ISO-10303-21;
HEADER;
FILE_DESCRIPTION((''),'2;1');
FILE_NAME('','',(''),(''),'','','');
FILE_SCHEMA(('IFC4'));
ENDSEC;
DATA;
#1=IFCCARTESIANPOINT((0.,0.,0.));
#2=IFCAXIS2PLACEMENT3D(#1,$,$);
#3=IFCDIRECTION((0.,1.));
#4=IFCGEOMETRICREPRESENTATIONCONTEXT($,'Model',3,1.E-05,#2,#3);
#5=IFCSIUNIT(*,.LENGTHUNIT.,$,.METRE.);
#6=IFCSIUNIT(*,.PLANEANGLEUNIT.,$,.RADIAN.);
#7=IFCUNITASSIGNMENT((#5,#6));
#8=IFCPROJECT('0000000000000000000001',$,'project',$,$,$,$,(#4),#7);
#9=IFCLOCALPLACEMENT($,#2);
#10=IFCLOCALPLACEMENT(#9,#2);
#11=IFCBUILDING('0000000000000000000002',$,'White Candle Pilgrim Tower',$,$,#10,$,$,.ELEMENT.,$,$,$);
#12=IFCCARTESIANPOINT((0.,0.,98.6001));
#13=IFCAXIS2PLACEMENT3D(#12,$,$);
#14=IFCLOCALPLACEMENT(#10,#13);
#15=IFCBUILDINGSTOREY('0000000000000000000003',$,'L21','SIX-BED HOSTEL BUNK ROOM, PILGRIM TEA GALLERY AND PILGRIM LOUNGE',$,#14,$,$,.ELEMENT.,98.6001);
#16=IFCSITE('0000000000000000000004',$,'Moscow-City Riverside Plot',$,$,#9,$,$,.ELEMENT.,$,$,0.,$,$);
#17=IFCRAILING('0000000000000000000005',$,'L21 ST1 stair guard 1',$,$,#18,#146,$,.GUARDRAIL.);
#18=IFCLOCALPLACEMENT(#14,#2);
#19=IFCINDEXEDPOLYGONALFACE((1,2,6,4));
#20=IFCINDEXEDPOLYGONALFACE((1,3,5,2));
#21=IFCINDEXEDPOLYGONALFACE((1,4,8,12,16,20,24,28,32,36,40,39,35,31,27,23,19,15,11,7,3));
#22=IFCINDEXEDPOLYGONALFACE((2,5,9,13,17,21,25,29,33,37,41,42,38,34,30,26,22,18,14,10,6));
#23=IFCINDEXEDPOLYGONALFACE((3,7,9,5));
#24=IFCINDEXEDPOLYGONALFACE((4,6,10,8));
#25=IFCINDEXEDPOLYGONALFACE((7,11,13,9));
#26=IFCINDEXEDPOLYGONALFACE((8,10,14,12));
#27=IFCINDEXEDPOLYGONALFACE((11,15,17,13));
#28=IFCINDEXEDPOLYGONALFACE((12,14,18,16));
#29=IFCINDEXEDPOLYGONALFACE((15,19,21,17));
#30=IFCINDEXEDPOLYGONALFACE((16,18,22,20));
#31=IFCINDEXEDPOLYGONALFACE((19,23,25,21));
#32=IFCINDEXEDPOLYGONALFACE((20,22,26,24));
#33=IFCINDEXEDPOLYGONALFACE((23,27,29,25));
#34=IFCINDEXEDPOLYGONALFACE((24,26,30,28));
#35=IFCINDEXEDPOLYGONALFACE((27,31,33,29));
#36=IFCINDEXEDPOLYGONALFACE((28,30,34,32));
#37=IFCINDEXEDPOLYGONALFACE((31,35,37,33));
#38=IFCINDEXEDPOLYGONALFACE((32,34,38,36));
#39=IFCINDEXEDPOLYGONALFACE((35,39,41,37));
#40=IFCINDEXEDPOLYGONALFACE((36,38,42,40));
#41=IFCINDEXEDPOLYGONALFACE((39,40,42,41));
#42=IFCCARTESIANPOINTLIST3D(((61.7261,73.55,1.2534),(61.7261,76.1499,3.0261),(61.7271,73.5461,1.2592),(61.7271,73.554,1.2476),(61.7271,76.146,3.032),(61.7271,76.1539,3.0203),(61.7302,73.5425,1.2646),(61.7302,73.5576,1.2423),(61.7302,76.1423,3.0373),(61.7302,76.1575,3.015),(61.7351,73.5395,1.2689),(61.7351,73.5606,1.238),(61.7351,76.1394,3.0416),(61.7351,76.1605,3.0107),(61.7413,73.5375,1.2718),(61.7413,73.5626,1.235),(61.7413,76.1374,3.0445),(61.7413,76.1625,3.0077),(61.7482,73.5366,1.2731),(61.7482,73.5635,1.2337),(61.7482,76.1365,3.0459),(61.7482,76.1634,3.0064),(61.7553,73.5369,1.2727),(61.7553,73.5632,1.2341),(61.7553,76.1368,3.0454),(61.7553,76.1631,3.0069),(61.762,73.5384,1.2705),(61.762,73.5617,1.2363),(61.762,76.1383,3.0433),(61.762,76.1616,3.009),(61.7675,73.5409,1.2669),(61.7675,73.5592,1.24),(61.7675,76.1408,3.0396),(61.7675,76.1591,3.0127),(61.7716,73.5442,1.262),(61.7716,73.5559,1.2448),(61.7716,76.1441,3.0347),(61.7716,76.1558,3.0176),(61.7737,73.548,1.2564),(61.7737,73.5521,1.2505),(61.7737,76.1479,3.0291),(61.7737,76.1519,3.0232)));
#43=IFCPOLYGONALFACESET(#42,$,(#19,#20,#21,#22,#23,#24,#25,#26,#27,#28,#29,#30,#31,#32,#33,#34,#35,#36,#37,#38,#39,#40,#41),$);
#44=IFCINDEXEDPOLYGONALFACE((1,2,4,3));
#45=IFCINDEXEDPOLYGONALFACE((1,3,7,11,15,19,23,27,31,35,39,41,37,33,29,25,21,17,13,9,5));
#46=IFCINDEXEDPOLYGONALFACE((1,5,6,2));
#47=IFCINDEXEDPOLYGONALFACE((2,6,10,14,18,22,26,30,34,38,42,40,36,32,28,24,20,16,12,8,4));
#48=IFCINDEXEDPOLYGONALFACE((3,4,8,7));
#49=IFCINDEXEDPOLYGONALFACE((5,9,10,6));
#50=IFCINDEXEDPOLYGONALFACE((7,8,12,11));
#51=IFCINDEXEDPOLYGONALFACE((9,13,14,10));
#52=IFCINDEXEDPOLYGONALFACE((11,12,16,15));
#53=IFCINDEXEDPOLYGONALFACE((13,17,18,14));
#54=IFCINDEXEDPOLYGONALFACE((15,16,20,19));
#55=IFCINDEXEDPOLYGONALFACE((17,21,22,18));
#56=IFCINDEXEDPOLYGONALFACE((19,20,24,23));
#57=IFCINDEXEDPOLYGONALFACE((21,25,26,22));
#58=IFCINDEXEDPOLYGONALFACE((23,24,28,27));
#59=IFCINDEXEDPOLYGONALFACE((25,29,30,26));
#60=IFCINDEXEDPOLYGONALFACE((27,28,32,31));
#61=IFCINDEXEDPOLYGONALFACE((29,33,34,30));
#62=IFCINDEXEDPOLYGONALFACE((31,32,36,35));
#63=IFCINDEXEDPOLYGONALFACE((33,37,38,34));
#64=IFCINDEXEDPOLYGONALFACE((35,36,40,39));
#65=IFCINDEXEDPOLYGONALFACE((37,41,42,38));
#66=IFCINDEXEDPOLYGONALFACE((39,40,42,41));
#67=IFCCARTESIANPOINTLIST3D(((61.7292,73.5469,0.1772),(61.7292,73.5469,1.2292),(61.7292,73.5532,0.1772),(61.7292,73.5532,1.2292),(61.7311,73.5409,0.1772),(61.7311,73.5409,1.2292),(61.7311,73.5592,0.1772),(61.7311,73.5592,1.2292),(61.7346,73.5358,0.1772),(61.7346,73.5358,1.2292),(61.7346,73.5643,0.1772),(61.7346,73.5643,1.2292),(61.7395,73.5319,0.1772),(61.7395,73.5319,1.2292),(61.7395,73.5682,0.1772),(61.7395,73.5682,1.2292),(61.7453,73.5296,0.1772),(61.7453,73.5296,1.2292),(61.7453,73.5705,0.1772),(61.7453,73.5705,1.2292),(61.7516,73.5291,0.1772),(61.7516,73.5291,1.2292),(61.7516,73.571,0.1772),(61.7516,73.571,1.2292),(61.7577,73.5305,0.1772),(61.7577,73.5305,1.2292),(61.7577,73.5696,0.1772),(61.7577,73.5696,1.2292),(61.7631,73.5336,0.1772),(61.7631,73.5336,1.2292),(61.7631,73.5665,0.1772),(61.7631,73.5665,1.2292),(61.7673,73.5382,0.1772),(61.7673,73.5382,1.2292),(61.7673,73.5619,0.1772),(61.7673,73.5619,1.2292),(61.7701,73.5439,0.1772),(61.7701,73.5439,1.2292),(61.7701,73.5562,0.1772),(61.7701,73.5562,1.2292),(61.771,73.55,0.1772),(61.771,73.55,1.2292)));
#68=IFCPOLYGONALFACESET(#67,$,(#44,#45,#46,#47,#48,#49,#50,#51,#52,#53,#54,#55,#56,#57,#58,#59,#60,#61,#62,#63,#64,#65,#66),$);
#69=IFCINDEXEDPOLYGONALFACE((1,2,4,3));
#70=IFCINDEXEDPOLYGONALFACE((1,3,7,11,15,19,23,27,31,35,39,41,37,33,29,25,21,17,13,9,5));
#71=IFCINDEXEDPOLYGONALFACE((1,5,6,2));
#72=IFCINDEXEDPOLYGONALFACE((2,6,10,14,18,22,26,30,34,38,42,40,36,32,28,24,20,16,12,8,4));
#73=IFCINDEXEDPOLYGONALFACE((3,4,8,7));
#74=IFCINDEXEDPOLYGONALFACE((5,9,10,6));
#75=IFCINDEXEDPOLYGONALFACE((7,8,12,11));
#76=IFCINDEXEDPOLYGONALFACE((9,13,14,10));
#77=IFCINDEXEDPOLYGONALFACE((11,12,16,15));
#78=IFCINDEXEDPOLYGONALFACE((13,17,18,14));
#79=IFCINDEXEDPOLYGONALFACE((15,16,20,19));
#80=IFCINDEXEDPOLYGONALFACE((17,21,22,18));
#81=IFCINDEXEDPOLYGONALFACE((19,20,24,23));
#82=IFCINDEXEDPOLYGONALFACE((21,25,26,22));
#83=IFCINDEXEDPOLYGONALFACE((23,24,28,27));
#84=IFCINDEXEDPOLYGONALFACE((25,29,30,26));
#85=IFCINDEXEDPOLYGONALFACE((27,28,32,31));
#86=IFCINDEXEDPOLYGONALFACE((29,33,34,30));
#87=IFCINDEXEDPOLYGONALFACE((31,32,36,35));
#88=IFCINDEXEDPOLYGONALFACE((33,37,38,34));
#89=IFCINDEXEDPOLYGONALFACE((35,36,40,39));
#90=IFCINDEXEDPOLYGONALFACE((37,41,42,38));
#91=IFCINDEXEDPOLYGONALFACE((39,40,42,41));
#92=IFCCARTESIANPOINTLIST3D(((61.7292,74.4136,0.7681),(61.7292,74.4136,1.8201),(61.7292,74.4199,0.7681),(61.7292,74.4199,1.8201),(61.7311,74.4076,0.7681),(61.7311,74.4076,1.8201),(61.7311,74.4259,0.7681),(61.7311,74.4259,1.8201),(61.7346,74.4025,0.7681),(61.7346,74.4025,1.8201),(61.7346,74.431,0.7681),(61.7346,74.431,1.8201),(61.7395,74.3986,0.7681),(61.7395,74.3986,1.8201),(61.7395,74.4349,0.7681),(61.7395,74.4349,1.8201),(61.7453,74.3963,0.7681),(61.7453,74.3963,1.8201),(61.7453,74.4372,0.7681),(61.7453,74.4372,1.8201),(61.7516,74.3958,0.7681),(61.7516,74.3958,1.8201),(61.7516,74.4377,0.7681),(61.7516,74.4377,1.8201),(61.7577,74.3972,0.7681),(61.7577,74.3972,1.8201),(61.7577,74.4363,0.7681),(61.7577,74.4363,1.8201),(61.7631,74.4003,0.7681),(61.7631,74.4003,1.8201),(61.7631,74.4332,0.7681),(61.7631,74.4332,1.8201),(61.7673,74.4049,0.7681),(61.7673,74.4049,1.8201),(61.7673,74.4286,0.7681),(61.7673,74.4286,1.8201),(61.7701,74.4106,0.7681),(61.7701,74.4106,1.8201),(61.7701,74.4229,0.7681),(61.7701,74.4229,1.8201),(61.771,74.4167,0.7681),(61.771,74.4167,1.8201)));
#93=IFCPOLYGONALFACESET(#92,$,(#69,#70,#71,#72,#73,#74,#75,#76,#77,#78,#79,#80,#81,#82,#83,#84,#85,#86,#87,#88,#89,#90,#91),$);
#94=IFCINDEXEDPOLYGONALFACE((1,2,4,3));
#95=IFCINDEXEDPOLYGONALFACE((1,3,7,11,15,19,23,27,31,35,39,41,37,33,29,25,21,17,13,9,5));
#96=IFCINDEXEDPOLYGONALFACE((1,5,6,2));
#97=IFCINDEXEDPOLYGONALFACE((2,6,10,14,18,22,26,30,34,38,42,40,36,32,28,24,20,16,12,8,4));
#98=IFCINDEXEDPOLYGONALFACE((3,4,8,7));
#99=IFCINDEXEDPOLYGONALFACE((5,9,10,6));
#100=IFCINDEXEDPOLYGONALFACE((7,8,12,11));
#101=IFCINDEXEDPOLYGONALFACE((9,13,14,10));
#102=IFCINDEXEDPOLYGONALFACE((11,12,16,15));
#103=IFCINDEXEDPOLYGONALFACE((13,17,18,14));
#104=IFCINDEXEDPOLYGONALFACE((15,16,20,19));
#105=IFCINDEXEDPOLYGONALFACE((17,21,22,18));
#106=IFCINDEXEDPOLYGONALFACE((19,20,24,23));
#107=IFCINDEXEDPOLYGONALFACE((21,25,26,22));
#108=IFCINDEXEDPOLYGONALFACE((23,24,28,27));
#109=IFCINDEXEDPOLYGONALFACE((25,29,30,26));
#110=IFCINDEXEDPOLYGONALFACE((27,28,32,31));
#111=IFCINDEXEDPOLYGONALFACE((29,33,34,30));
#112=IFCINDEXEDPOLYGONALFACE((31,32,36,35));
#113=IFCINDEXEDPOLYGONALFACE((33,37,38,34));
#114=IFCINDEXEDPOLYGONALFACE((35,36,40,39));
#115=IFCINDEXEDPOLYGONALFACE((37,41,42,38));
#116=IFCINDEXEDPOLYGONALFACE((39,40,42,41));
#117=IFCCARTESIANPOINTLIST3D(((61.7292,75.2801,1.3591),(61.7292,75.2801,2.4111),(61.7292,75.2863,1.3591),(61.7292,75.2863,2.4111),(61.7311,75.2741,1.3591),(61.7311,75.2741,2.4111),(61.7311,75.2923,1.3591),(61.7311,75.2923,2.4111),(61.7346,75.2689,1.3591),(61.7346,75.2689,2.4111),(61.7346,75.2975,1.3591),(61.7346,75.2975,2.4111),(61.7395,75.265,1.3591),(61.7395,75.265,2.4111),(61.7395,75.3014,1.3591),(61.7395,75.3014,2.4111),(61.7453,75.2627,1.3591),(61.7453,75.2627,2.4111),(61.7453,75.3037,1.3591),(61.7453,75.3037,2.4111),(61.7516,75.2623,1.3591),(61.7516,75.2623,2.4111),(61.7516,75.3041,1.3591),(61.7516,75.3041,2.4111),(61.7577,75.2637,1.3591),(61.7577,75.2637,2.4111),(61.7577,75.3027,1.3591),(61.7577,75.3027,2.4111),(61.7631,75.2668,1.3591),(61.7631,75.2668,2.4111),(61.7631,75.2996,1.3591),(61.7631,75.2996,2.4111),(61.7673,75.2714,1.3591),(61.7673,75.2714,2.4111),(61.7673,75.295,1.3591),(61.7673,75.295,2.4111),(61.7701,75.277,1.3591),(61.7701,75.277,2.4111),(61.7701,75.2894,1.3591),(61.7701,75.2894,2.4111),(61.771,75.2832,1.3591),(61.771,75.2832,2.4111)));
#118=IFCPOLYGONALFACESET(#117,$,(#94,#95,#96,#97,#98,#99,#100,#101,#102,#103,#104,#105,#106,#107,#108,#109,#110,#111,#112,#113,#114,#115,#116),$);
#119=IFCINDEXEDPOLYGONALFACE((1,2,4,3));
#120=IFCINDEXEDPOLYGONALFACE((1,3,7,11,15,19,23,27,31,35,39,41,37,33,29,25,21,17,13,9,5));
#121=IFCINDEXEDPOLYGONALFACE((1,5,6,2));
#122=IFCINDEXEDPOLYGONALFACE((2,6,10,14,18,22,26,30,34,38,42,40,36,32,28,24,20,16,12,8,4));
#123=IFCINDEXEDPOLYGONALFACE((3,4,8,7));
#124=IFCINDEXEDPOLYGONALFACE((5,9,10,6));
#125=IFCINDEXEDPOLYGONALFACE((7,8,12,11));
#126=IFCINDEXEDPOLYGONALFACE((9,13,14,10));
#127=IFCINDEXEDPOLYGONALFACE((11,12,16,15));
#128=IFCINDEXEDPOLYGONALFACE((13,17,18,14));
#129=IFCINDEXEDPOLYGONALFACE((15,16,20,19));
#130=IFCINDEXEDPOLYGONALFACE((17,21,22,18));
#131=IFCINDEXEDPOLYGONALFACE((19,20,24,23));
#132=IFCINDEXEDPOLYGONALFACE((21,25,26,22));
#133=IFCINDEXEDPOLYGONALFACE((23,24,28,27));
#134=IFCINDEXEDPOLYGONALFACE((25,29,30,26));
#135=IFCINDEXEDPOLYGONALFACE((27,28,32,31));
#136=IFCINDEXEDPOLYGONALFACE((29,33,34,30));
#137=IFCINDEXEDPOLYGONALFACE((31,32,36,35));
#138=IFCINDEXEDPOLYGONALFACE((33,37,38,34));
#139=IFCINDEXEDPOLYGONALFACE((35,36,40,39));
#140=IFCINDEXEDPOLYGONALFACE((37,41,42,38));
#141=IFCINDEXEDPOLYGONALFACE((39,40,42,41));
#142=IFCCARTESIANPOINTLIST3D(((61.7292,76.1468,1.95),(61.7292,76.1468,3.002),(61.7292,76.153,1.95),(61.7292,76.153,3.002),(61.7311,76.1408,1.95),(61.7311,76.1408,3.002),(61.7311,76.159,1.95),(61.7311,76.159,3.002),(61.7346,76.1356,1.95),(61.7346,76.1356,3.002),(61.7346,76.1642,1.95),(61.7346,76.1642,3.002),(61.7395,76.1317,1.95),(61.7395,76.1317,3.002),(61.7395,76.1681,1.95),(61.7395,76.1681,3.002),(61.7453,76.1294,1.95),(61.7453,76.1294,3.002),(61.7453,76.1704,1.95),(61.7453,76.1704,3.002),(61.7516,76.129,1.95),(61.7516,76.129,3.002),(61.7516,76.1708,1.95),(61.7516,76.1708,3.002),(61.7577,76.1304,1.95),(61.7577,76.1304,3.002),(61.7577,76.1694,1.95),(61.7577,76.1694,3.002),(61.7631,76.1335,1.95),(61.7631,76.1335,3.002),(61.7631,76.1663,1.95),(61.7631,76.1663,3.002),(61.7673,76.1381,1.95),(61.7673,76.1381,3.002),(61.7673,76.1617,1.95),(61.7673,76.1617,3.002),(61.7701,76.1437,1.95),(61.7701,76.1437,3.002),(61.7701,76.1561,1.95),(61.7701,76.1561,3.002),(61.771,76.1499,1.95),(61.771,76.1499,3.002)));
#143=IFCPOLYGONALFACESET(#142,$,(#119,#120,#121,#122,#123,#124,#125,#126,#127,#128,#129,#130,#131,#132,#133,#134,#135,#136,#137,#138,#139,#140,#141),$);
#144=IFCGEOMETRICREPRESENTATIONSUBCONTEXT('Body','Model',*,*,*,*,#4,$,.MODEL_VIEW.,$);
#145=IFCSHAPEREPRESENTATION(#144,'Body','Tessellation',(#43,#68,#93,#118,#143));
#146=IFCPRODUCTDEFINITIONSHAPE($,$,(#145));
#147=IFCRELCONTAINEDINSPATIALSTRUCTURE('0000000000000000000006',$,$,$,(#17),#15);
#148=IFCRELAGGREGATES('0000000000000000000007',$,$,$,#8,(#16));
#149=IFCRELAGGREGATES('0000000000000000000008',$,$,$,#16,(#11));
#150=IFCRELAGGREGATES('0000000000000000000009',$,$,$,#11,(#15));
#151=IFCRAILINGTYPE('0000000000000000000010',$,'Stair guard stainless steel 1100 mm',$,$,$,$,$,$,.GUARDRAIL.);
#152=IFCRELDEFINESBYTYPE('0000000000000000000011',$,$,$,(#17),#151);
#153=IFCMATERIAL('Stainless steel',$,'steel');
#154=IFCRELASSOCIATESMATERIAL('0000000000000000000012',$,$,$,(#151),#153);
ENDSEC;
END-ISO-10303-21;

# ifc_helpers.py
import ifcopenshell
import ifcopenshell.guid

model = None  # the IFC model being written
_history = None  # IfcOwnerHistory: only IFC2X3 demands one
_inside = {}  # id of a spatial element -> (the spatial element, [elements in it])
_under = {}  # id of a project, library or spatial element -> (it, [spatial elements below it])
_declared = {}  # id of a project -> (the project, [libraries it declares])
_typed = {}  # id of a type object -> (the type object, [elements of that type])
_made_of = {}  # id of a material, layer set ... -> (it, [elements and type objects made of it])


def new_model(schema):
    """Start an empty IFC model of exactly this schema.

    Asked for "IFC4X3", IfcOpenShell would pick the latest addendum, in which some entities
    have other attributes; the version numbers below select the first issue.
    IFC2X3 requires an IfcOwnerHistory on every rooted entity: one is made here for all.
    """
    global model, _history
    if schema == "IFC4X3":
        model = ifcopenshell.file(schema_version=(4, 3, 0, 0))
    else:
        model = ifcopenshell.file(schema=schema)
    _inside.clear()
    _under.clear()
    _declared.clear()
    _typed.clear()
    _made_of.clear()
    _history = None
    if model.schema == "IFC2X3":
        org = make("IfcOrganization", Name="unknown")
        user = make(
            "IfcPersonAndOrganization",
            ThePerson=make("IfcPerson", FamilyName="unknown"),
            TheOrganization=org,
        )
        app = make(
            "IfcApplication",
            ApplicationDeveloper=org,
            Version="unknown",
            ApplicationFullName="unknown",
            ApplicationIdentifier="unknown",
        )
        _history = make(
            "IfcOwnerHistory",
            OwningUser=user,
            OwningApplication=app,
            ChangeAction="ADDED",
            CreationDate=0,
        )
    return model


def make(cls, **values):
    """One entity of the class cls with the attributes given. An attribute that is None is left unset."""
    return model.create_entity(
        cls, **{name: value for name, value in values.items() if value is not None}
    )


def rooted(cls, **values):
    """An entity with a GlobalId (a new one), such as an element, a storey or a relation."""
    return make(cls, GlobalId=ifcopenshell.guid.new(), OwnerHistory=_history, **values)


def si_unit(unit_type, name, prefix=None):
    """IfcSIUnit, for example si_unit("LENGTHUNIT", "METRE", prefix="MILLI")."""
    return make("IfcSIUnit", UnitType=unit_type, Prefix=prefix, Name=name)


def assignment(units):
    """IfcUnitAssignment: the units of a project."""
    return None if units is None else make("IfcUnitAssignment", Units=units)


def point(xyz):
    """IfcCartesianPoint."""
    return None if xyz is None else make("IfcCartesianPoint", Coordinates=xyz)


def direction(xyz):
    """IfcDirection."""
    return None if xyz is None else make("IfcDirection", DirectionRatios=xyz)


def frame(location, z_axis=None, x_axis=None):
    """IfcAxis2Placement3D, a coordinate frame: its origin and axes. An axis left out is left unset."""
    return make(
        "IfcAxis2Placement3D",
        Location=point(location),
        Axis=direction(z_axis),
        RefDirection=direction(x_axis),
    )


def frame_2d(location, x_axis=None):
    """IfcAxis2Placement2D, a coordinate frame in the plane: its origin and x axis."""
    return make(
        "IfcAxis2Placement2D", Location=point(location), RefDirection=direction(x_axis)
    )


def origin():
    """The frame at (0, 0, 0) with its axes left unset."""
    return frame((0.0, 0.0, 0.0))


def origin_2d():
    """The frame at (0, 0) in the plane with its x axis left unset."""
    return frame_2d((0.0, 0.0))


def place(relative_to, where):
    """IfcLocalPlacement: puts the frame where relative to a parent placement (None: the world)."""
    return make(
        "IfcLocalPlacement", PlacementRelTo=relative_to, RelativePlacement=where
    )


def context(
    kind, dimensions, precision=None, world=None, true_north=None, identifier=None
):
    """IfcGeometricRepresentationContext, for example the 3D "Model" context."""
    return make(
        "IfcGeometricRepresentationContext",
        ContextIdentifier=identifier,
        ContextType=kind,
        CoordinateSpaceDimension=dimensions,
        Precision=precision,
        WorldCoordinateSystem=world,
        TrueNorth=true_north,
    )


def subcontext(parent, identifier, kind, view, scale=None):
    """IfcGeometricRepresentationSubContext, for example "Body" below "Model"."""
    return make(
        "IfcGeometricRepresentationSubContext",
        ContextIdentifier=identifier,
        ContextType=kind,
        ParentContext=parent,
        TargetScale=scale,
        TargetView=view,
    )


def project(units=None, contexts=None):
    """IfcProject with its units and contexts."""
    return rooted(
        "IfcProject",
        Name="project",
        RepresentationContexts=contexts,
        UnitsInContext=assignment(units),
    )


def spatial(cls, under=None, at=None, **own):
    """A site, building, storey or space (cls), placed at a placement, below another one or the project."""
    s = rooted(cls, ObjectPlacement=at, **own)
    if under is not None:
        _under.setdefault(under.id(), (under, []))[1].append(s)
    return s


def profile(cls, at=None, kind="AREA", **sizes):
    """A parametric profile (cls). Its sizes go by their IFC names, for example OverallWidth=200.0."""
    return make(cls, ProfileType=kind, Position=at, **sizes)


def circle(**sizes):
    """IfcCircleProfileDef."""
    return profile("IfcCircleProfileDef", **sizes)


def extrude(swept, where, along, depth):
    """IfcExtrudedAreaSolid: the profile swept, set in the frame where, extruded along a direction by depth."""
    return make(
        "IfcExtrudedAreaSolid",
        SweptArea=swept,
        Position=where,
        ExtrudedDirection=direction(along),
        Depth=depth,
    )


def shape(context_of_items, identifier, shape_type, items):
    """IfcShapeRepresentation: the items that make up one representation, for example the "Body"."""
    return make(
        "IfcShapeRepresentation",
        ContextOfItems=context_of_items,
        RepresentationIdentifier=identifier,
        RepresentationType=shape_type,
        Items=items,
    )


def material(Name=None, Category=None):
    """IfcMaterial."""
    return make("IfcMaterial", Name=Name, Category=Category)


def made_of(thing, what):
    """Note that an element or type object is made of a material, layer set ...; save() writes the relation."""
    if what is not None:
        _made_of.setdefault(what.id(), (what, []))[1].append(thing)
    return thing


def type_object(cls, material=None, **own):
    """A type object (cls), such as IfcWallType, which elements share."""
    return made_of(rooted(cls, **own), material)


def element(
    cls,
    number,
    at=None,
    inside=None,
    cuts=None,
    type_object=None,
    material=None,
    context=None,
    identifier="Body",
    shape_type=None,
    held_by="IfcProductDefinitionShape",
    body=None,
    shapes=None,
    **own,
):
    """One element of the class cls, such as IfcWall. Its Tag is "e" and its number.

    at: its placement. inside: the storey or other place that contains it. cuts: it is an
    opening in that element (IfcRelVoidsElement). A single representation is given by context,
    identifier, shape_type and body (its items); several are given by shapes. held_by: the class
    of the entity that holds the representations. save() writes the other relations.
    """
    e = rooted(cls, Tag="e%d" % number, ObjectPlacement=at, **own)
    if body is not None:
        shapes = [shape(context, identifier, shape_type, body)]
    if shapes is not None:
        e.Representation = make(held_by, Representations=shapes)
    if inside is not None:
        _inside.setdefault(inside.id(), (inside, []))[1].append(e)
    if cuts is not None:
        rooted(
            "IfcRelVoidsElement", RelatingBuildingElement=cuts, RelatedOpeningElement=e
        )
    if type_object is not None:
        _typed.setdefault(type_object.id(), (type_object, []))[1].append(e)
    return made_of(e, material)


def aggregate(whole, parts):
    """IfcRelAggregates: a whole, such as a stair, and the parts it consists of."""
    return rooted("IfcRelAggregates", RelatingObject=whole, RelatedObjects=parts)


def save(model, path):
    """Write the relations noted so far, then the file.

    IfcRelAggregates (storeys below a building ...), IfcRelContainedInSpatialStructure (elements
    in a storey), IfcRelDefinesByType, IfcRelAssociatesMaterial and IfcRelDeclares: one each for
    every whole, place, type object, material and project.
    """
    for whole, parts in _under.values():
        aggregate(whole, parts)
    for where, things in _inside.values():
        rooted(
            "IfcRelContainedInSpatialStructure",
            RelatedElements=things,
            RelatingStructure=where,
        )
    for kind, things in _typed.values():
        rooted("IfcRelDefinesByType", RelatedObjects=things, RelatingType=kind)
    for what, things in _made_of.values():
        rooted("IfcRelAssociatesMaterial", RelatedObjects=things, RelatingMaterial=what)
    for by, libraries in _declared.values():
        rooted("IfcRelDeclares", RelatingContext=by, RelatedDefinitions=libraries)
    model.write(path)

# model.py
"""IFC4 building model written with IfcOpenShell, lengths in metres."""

from ifc_helpers import new_model, si_unit, direction, frame, origin, origin_2d, place, context, subcontext, project, spatial, circle, extrude, material, type_object, element, save


model = new_model("IFC4")

# Units and contexts
model_context = context("Model", 3, precision=1e-05, world=origin(), true_north=direction((0.0, 1.0)))
body_context = subcontext(model_context, "Body", "Model", "MODEL_VIEW")
ifc_project = project(units=[si_unit("LENGTHUNIT", "METRE"), si_unit("PLANEANGLEUNIT", "RADIAN")], contexts=[model_context])

# Site, building, storey
site_placement = place(None, origin())
site = spatial("IfcSite", under=ifc_project, at=site_placement, Name="Moscow-City Riverside Plot", CompositionType="ELEMENT", RefElevation=0.0)
building_placement = place(site_placement, origin())
building = spatial("IfcBuilding", under=site, at=building_placement, Name="White Candle Pilgrim Tower", CompositionType="ELEMENT")
storey_placement = place(building_placement, frame((0.0, 0.0, 98.6001)))
storey = spatial("IfcBuildingStorey", under=building, at=storey_placement, Name="L21", Description="SIX-BED HOSTEL BUNK ROOM, PILGRIM TEA GALLERY AND PILGRIM LOUNGE", CompositionType="ELEMENT", Elevation=98.6001)

# Shared definitions
ifc_material_1 = material(Name="Stainless steel", Category="steel")

# Railing
railing_type_1 = type_object("IfcRailingType", Name="Stair guard stainless steel 1100 mm", PredefinedType="GUARDRAIL", material=ifc_material_1)
railing_1_placement = place(storey_placement, frame((61.75, 73.55, 0.1772)))
element("IfcRailing", 1, at=railing_1_placement, inside=storey, type_object=railing_type_1, Name="L21 ST1 stair guard 1", PredefinedType="GUARDRAIL", context=body_context, shape_type="SweptSolid", body=[
    extrude(circle(Radius=0.0239, at=origin_2d()), frame((0.0, 0.0, 1.0762), z_axis=(0.0, 0.826216, 0.563354), x_axis=(-1.0, 0.0, 0.0)), (0.0, 0.0, 1.0), 3.1467),
    extrude(circle(Radius=0.021, at=origin_2d()), origin(), (0.0, 0.0, 1.0), 1.052),
    extrude(circle(Radius=0.021, at=origin_2d()), frame((0.0, 0.8667, 0.5908)), (0.0, 0.0, 1.0), 1.052),
    extrude(circle(Radius=0.021, at=origin_2d()), frame((0.0, 1.7332, 1.1819)), (0.0, 0.0, 1.0), 1.052),
    extrude(circle(Radius=0.021, at=origin_2d()), frame((0.0, 2.5999, 1.7727)), (0.0, 0.0, 1.0), 1.052),
])

save(model, "model.ifc")
